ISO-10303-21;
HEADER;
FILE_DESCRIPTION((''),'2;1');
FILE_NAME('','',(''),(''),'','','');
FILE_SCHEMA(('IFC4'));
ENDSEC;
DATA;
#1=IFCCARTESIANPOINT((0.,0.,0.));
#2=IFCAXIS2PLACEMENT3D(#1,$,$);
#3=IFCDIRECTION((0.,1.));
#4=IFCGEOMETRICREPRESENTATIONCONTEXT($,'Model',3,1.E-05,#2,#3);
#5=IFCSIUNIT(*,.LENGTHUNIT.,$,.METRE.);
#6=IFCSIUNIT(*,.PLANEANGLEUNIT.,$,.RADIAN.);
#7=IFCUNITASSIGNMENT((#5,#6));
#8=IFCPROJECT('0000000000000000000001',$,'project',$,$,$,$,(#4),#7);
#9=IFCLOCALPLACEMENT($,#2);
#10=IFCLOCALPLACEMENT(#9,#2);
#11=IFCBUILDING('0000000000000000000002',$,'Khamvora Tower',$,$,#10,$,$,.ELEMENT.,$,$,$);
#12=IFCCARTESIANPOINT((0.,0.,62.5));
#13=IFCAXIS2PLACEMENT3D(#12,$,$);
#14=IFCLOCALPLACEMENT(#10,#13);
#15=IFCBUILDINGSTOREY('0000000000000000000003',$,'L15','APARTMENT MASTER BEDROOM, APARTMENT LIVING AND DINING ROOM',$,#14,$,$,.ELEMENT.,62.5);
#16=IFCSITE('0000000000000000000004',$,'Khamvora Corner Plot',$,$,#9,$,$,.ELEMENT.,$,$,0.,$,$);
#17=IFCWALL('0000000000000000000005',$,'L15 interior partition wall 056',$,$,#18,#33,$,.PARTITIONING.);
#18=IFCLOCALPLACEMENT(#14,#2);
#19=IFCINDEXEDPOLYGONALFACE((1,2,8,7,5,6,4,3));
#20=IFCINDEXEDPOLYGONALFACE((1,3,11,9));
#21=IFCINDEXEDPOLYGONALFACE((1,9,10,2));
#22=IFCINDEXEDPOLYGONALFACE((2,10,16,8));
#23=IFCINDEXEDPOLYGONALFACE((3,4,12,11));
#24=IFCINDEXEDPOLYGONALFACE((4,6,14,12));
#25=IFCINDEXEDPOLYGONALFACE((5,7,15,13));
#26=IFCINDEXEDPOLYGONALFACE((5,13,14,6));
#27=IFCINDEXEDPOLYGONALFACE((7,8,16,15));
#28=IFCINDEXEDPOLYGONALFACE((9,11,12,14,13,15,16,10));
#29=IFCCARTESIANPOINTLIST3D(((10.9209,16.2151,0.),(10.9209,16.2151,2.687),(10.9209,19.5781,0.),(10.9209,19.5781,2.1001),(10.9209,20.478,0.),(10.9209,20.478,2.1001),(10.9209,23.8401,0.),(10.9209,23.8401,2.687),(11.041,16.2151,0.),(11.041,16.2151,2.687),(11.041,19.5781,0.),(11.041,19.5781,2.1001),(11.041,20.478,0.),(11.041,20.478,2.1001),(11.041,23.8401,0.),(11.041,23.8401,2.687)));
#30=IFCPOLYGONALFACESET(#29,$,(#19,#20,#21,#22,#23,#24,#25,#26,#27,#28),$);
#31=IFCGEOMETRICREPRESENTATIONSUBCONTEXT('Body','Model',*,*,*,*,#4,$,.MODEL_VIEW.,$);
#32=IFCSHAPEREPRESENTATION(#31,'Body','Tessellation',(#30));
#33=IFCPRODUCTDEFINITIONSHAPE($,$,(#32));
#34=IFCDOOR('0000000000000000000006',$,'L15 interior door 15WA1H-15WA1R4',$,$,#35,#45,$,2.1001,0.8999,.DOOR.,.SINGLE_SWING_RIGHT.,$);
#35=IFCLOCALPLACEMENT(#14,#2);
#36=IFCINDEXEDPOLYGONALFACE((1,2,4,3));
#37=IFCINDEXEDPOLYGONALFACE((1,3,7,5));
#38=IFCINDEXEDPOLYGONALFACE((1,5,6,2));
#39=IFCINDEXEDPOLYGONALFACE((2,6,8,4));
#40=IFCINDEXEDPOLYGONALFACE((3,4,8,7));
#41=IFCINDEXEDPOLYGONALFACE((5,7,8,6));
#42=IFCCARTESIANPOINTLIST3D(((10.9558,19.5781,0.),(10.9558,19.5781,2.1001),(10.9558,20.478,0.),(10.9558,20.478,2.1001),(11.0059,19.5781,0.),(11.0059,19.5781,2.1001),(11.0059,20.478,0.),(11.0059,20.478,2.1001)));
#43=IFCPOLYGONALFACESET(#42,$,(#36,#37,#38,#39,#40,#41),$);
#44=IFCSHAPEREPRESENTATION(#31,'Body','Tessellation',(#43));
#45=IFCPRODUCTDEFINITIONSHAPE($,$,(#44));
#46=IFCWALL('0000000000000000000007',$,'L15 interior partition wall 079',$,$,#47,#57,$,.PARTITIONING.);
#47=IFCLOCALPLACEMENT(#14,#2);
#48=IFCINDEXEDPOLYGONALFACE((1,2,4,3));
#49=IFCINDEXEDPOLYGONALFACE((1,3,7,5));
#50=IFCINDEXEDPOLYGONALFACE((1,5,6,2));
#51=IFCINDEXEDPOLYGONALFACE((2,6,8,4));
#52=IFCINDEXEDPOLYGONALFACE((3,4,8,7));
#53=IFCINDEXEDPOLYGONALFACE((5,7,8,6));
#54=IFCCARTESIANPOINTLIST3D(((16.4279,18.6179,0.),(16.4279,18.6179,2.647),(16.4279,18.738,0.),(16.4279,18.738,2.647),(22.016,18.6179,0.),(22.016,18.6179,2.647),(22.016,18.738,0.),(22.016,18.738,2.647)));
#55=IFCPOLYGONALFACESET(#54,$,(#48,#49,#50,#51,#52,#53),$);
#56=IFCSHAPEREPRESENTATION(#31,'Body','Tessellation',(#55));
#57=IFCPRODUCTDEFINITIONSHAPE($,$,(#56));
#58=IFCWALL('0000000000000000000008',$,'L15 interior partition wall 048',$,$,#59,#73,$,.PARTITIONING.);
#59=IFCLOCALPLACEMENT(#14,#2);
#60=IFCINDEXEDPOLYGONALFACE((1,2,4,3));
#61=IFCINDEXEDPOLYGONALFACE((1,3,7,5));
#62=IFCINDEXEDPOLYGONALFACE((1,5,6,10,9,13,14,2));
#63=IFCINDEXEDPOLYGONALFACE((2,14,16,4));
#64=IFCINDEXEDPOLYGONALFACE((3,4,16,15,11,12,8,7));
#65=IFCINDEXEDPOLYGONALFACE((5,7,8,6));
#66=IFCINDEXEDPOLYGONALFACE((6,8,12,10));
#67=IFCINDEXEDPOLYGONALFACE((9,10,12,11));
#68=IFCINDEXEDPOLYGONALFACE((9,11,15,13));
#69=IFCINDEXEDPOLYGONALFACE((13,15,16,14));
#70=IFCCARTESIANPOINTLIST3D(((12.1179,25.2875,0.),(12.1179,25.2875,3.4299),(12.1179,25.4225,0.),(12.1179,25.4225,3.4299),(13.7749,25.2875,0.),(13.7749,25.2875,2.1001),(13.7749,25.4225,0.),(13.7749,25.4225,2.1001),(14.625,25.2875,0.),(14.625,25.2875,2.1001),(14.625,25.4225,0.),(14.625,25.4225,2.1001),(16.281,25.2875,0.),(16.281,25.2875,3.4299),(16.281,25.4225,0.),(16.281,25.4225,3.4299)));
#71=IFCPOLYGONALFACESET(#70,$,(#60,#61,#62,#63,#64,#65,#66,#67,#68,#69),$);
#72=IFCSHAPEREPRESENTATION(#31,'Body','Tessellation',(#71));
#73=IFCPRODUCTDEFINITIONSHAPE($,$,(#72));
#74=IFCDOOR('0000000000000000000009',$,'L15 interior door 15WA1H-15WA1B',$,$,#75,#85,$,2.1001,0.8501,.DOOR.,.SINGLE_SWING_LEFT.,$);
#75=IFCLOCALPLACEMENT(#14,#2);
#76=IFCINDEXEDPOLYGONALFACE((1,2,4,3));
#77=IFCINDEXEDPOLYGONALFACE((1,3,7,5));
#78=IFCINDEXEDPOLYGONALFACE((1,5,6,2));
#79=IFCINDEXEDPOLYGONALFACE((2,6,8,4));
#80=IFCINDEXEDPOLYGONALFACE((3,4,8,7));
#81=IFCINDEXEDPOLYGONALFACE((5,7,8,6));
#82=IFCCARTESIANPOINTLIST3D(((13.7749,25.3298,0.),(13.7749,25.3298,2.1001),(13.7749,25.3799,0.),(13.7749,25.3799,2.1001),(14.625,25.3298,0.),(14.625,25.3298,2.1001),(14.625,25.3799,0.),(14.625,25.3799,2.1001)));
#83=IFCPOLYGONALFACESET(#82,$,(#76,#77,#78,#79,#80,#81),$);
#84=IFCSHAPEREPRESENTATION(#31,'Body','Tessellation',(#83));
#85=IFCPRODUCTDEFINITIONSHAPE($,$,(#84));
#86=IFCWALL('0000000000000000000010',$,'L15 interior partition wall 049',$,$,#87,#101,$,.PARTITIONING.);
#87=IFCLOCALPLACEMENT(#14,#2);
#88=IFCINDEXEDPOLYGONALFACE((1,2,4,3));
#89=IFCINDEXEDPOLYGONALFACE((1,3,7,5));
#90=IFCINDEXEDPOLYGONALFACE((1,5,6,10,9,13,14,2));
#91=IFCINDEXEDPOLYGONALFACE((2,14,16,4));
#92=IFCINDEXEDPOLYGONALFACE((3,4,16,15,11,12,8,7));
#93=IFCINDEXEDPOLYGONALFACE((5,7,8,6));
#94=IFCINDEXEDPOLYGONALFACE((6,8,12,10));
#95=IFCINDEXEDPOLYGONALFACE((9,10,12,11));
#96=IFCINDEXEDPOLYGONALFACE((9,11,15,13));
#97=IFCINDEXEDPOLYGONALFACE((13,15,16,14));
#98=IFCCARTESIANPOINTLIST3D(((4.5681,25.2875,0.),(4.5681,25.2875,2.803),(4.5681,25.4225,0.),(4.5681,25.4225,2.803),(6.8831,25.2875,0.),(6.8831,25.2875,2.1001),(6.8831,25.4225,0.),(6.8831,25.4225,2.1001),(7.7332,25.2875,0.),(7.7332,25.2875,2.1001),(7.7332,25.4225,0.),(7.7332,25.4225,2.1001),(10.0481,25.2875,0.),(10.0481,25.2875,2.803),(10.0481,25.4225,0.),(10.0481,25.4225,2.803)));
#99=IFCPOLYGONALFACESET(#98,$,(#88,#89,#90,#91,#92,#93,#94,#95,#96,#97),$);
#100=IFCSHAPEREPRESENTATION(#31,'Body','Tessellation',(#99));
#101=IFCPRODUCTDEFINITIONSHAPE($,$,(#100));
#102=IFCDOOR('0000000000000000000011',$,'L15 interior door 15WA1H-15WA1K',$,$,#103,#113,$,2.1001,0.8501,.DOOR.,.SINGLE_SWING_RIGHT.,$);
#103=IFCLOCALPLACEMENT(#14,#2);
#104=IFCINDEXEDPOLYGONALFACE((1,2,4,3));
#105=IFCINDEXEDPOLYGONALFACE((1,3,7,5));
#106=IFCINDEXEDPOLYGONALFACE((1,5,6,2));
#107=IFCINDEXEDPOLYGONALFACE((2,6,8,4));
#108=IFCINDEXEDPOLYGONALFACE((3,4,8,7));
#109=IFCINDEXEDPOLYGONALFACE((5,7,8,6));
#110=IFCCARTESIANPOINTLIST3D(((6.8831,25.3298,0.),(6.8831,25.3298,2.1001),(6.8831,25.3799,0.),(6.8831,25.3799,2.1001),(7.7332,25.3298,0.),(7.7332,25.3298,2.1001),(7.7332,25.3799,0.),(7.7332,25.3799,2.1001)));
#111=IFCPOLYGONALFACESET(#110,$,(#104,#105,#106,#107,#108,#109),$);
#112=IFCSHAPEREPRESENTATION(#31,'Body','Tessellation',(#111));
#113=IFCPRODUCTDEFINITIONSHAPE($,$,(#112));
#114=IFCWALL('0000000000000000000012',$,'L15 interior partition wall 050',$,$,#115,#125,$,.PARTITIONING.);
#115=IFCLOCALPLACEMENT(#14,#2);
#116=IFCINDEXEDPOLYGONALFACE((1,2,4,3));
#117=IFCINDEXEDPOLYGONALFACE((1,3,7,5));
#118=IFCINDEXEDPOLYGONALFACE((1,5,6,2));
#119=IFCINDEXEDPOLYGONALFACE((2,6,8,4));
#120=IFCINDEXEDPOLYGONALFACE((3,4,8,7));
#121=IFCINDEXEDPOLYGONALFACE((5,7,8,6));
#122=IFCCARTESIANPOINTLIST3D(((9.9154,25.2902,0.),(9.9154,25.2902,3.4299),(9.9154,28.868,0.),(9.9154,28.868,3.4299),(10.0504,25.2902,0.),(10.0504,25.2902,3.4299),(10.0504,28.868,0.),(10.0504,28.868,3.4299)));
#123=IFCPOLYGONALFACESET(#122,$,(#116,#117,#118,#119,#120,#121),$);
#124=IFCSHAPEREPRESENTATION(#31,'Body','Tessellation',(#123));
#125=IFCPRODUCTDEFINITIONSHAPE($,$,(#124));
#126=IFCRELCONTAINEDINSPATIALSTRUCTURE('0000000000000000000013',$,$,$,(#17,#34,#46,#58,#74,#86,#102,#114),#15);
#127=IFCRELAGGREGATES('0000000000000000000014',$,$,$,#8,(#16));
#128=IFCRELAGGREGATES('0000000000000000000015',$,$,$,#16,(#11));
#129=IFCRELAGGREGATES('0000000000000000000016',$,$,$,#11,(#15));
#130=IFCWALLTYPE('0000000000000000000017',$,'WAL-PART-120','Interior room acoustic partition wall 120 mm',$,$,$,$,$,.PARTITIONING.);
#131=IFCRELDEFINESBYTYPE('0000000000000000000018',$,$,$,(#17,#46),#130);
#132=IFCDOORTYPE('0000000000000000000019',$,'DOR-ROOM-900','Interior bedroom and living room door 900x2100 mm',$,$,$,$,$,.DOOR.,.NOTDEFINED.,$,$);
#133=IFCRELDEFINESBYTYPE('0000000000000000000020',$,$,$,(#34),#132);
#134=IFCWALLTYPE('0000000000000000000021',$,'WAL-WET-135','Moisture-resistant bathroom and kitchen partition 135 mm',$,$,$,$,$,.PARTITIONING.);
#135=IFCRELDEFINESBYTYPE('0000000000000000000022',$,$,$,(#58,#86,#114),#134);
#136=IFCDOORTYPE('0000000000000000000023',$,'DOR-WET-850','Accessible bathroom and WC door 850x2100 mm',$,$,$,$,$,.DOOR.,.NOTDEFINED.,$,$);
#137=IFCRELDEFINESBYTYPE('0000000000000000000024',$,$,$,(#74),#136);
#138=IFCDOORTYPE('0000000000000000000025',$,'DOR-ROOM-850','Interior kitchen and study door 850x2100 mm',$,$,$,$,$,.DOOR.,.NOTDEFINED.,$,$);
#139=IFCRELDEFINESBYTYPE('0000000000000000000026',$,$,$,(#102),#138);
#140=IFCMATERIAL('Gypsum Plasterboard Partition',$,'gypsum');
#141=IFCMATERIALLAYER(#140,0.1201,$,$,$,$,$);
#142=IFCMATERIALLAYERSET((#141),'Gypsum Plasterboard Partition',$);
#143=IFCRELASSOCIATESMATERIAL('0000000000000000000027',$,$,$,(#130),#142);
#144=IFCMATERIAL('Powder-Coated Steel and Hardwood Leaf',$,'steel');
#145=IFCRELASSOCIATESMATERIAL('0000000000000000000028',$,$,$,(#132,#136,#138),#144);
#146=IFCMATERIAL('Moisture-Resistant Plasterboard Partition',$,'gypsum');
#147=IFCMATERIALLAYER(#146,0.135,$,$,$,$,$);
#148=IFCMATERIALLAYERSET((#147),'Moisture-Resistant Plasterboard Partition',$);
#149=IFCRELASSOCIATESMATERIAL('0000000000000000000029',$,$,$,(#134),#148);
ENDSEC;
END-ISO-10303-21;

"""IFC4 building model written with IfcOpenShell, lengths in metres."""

from ifc_helpers import new_model, si_unit, direction, frame, frame_2d, origin, place, context, subcontext, project, spatial, rectangle, extrude, material, layer, layer_set, type_object, element, fill, save


model = new_model("IFC4")

# Units and contexts
model_context = context("Model", 3, precision=1e-05, world=origin(), true_north=direction((0.0, 1.0)))
body_context = subcontext(model_context, "Body", "Model", "MODEL_VIEW")
ifc_project = project(units=[si_unit("LENGTHUNIT", "METRE"), si_unit("PLANEANGLEUNIT", "RADIAN")], contexts=[model_context])

# Site, building, storey
site_placement = place(None, origin())
site = spatial("IfcSite", under=ifc_project, at=site_placement, Name="Khamvora Corner Plot", CompositionType="ELEMENT", RefElevation=0.0)
building_placement = place(site_placement, origin())
building = spatial("IfcBuilding", under=site, at=building_placement, Name="Khamvora Tower", CompositionType="ELEMENT")
storey_placement = place(building_placement, frame((0.0, 0.0, 62.5)))
storey = spatial("IfcBuildingStorey", under=building, at=storey_placement, Name="L15", Description="APARTMENT MASTER BEDROOM, APARTMENT LIVING AND DINING ROOM", CompositionType="ELEMENT", Elevation=62.5)

# Shared definitions
ifc_material_1 = material(Name="Gypsum Plasterboard Partition", Category="gypsum")
ifc_layer_1 = layer(ifc_material_1, 0.1201)
ifc_layer_set_1 = layer_set([ifc_layer_1], Name="Gypsum Plasterboard Partition")
wall_type_1 = type_object("IfcWallType", Name="WAL-PART-120", Description="Interior room acoustic partition wall 120 mm", PredefinedType="PARTITIONING", material=ifc_layer_set_1)

# Wall, opening, door
wall_1_placement = place(storey_placement, frame((10.981, 23.8401, 0.0), z_axis=(0.0, 0.0, 1.0), x_axis=(0.0, -1.0, 0.0)))
wall_1 = element("IfcWall", 1, at=wall_1_placement, inside=storey, type_object=wall_type_1, Name="L15 interior partition wall 056", PredefinedType="PARTITIONING", context=body_context, shape_type="SweptSolid", body=[
    extrude(rectangle(XDim=7.625, YDim=0.1201, at=frame_2d((3.8125, 0.0))), origin(), (0.0, 0.0, 1.0), 2.687),
])
opening_1_placement = place(wall_1_placement, frame((3.3621, 0.0, 0.0)))
opening_1 = element("IfcOpeningElement", 2, at=opening_1_placement, cuts=wall_1, PredefinedType="OPENING", context=body_context, shape_type="SweptSolid", body=[
    extrude(rectangle(XDim=0.8999, YDim=2.1001, at=frame_2d((0.45, 1.05))), frame((0.0, 0.0701, 0.0), z_axis=(0.0, -1.0, 0.0), x_axis=(1.0, 0.0, 0.0)), (0.0, 0.0, 1.0), 0.1401),
])
ifc_material_2 = material(Name="Powder-Coated Steel and Hardwood Leaf", Category="steel")
door_type_1 = type_object("IfcDoorType", Name="DOR-ROOM-900", Description="Interior bedroom and living room door 900x2100 mm", OperationType="NOTDEFINED", PredefinedType="DOOR", material=ifc_material_2)
door_1_placement = place(opening_1_placement, origin())
door_1 = element("IfcDoor", 3, at=door_1_placement, inside=storey, type_object=door_type_1, Name="L15 interior door 15WA1H-15WA1R4", OperationType="SINGLE_SWING_RIGHT", OverallHeight=2.1001, OverallWidth=0.8999, PredefinedType="DOOR", context=body_context, shape_type="SweptSolid", body=[
    extrude(rectangle(XDim=0.8999, YDim=2.1001, at=frame_2d((0.45, 1.05))), frame((0.0, 0.0249, 0.0), z_axis=(0.0, -1.0, 0.0), x_axis=(1.0, 0.0, 0.0)), (0.0, 0.0, 1.0), 0.05),
])
fill(opening_1, door_1)

# Wall
wall_2_placement = place(storey_placement, frame((16.428, 18.678, 0.0), z_axis=(0.0, 0.0, 1.0), x_axis=(1.0, 0.0, 0.0)))
element("IfcWall", 4, at=wall_2_placement, inside=storey, type_object=wall_type_1, Name="L15 interior partition wall 079", PredefinedType="PARTITIONING", context=body_context, shape_type="SweptSolid", body=[
    extrude(rectangle(XDim=5.5881, YDim=0.1201, at=frame_2d((2.7939, 0.0))), origin(), (0.0, 0.0, 1.0), 2.647),
])

# Walls, openings, doors
ifc_material_3 = material(Name="Moisture-Resistant Plasterboard Partition", Category="gypsum")
ifc_layer_2 = layer(ifc_material_3, 0.135)
ifc_layer_set_2 = layer_set([ifc_layer_2], Name="Moisture-Resistant Plasterboard Partition")
wall_type_2 = type_object("IfcWallType", Name="WAL-WET-135", Description="Moisture-resistant bathroom and kitchen partition 135 mm", PredefinedType="PARTITIONING", material=ifc_layer_set_2)
wall_3_placement = place(storey_placement, frame((12.1179, 25.355, 0.0), z_axis=(0.0, 0.0, 1.0), x_axis=(1.0, 0.0, 0.0)))
wall_3 = element("IfcWall", 5, at=wall_3_placement, inside=storey, type_object=wall_type_2, Name="L15 interior partition wall 048", PredefinedType="PARTITIONING", context=body_context, shape_type="SweptSolid", body=[
    extrude(rectangle(XDim=4.1631, YDim=0.135, at=frame_2d((2.0815, 0.0))), origin(), (0.0, 0.0, 1.0), 3.4299),
])
opening_2_placement = place(wall_3_placement, frame((1.657, 0.0, 0.0)))
opening_2 = element("IfcOpeningElement", 6, at=opening_2_placement, cuts=wall_3, PredefinedType="OPENING", context=body_context, shape_type="SweptSolid", body=[
    extrude(rectangle(XDim=0.8501, YDim=2.1001, at=frame_2d((0.425, 1.05))), frame((0.0, 0.0774, 0.0), z_axis=(0.0, -1.0, 0.0), x_axis=(1.0, 0.0, 0.0)), (0.0, 0.0, 1.0), 0.155),
])
door_type_2 = type_object("IfcDoorType", Name="DOR-WET-850", Description="Accessible bathroom and WC door 850x2100 mm", OperationType="NOTDEFINED", PredefinedType="DOOR", material=ifc_material_2)
door_2_placement = place(opening_2_placement, origin())
door_2 = element("IfcDoor", 7, at=door_2_placement, inside=storey, type_object=door_type_2, Name="L15 interior door 15WA1H-15WA1B", OperationType="SINGLE_SWING_LEFT", OverallHeight=2.1001, OverallWidth=0.8501, PredefinedType="DOOR", context=body_context, shape_type="SweptSolid", body=[
    extrude(rectangle(XDim=0.8501, YDim=2.1001, at=frame_2d((0.425, 1.05))), frame((0.0, 0.0249, 0.0), z_axis=(0.0, -1.0, 0.0), x_axis=(1.0, 0.0, 0.0)), (0.0, 0.0, 1.0), 0.05),
])
fill(opening_2, door_2)
wall_4_placement = place(storey_placement, frame((4.5681, 25.355, 0.0), z_axis=(0.0, 0.0, 1.0), x_axis=(1.0, 0.0, 0.0)))
wall_4 = element("IfcWall", 8, at=wall_4_placement, inside=storey, type_object=wall_type_2, Name="L15 interior partition wall 049", PredefinedType="PARTITIONING", context=body_context, shape_type="SweptSolid", body=[
    extrude(rectangle(XDim=5.48, YDim=0.135, at=frame_2d((2.74, 0.0))), origin(), (0.0, 0.0, 1.0), 2.803),
])
opening_3_placement = place(wall_4_placement, frame((2.3149, 0.0, 0.0)))
opening_3 = element("IfcOpeningElement", 9, at=opening_3_placement, cuts=wall_4, PredefinedType="OPENING", context=body_context, shape_type="SweptSolid", body=[
    extrude(rectangle(XDim=0.8501, YDim=2.1001, at=frame_2d((0.425, 1.05))), frame((0.0, 0.0774, 0.0), z_axis=(0.0, -1.0, 0.0), x_axis=(1.0, 0.0, 0.0)), (0.0, 0.0, 1.0), 0.155),
])
door_type_3 = type_object("IfcDoorType", Name="DOR-ROOM-850", Description="Interior kitchen and study door 850x2100 mm", OperationType="NOTDEFINED", PredefinedType="DOOR", material=ifc_material_2)
door_3_placement = place(opening_3_placement, origin())
door_3 = element("IfcDoor", 10, at=door_3_placement, inside=storey, type_object=door_type_3, Name="L15 interior door 15WA1H-15WA1K", OperationType="SINGLE_SWING_RIGHT", OverallHeight=2.1001, OverallWidth=0.8501, PredefinedType="DOOR", context=body_context, shape_type="SweptSolid", body=[
    extrude(rectangle(XDim=0.8501, YDim=2.1001, at=frame_2d((0.425, 1.05))), frame((0.0, 0.0249, 0.0), z_axis=(0.0, -1.0, 0.0), x_axis=(1.0, 0.0, 0.0)), (0.0, 0.0, 1.0), 0.05),
])
fill(opening_3, door_3)

# Wall
wall_5_placement = place(storey_placement, frame((9.9829, 25.29, 0.0), z_axis=(0.0, 0.0, 1.0), x_axis=(0.0, 1.0, 0.0)))
element("IfcWall", 11, at=wall_5_placement, inside=storey, type_object=wall_type_2, Name="L15 interior partition wall 050", PredefinedType="PARTITIONING", context=body_context, shape_type="SweptSolid", body=[
    extrude(rectangle(XDim=3.5779, YDim=0.135, at=frame_2d((1.7891, 0.0))), origin(), (0.0, 0.0, 1.0), 3.4299),
])

save(model, "model.ifc")
